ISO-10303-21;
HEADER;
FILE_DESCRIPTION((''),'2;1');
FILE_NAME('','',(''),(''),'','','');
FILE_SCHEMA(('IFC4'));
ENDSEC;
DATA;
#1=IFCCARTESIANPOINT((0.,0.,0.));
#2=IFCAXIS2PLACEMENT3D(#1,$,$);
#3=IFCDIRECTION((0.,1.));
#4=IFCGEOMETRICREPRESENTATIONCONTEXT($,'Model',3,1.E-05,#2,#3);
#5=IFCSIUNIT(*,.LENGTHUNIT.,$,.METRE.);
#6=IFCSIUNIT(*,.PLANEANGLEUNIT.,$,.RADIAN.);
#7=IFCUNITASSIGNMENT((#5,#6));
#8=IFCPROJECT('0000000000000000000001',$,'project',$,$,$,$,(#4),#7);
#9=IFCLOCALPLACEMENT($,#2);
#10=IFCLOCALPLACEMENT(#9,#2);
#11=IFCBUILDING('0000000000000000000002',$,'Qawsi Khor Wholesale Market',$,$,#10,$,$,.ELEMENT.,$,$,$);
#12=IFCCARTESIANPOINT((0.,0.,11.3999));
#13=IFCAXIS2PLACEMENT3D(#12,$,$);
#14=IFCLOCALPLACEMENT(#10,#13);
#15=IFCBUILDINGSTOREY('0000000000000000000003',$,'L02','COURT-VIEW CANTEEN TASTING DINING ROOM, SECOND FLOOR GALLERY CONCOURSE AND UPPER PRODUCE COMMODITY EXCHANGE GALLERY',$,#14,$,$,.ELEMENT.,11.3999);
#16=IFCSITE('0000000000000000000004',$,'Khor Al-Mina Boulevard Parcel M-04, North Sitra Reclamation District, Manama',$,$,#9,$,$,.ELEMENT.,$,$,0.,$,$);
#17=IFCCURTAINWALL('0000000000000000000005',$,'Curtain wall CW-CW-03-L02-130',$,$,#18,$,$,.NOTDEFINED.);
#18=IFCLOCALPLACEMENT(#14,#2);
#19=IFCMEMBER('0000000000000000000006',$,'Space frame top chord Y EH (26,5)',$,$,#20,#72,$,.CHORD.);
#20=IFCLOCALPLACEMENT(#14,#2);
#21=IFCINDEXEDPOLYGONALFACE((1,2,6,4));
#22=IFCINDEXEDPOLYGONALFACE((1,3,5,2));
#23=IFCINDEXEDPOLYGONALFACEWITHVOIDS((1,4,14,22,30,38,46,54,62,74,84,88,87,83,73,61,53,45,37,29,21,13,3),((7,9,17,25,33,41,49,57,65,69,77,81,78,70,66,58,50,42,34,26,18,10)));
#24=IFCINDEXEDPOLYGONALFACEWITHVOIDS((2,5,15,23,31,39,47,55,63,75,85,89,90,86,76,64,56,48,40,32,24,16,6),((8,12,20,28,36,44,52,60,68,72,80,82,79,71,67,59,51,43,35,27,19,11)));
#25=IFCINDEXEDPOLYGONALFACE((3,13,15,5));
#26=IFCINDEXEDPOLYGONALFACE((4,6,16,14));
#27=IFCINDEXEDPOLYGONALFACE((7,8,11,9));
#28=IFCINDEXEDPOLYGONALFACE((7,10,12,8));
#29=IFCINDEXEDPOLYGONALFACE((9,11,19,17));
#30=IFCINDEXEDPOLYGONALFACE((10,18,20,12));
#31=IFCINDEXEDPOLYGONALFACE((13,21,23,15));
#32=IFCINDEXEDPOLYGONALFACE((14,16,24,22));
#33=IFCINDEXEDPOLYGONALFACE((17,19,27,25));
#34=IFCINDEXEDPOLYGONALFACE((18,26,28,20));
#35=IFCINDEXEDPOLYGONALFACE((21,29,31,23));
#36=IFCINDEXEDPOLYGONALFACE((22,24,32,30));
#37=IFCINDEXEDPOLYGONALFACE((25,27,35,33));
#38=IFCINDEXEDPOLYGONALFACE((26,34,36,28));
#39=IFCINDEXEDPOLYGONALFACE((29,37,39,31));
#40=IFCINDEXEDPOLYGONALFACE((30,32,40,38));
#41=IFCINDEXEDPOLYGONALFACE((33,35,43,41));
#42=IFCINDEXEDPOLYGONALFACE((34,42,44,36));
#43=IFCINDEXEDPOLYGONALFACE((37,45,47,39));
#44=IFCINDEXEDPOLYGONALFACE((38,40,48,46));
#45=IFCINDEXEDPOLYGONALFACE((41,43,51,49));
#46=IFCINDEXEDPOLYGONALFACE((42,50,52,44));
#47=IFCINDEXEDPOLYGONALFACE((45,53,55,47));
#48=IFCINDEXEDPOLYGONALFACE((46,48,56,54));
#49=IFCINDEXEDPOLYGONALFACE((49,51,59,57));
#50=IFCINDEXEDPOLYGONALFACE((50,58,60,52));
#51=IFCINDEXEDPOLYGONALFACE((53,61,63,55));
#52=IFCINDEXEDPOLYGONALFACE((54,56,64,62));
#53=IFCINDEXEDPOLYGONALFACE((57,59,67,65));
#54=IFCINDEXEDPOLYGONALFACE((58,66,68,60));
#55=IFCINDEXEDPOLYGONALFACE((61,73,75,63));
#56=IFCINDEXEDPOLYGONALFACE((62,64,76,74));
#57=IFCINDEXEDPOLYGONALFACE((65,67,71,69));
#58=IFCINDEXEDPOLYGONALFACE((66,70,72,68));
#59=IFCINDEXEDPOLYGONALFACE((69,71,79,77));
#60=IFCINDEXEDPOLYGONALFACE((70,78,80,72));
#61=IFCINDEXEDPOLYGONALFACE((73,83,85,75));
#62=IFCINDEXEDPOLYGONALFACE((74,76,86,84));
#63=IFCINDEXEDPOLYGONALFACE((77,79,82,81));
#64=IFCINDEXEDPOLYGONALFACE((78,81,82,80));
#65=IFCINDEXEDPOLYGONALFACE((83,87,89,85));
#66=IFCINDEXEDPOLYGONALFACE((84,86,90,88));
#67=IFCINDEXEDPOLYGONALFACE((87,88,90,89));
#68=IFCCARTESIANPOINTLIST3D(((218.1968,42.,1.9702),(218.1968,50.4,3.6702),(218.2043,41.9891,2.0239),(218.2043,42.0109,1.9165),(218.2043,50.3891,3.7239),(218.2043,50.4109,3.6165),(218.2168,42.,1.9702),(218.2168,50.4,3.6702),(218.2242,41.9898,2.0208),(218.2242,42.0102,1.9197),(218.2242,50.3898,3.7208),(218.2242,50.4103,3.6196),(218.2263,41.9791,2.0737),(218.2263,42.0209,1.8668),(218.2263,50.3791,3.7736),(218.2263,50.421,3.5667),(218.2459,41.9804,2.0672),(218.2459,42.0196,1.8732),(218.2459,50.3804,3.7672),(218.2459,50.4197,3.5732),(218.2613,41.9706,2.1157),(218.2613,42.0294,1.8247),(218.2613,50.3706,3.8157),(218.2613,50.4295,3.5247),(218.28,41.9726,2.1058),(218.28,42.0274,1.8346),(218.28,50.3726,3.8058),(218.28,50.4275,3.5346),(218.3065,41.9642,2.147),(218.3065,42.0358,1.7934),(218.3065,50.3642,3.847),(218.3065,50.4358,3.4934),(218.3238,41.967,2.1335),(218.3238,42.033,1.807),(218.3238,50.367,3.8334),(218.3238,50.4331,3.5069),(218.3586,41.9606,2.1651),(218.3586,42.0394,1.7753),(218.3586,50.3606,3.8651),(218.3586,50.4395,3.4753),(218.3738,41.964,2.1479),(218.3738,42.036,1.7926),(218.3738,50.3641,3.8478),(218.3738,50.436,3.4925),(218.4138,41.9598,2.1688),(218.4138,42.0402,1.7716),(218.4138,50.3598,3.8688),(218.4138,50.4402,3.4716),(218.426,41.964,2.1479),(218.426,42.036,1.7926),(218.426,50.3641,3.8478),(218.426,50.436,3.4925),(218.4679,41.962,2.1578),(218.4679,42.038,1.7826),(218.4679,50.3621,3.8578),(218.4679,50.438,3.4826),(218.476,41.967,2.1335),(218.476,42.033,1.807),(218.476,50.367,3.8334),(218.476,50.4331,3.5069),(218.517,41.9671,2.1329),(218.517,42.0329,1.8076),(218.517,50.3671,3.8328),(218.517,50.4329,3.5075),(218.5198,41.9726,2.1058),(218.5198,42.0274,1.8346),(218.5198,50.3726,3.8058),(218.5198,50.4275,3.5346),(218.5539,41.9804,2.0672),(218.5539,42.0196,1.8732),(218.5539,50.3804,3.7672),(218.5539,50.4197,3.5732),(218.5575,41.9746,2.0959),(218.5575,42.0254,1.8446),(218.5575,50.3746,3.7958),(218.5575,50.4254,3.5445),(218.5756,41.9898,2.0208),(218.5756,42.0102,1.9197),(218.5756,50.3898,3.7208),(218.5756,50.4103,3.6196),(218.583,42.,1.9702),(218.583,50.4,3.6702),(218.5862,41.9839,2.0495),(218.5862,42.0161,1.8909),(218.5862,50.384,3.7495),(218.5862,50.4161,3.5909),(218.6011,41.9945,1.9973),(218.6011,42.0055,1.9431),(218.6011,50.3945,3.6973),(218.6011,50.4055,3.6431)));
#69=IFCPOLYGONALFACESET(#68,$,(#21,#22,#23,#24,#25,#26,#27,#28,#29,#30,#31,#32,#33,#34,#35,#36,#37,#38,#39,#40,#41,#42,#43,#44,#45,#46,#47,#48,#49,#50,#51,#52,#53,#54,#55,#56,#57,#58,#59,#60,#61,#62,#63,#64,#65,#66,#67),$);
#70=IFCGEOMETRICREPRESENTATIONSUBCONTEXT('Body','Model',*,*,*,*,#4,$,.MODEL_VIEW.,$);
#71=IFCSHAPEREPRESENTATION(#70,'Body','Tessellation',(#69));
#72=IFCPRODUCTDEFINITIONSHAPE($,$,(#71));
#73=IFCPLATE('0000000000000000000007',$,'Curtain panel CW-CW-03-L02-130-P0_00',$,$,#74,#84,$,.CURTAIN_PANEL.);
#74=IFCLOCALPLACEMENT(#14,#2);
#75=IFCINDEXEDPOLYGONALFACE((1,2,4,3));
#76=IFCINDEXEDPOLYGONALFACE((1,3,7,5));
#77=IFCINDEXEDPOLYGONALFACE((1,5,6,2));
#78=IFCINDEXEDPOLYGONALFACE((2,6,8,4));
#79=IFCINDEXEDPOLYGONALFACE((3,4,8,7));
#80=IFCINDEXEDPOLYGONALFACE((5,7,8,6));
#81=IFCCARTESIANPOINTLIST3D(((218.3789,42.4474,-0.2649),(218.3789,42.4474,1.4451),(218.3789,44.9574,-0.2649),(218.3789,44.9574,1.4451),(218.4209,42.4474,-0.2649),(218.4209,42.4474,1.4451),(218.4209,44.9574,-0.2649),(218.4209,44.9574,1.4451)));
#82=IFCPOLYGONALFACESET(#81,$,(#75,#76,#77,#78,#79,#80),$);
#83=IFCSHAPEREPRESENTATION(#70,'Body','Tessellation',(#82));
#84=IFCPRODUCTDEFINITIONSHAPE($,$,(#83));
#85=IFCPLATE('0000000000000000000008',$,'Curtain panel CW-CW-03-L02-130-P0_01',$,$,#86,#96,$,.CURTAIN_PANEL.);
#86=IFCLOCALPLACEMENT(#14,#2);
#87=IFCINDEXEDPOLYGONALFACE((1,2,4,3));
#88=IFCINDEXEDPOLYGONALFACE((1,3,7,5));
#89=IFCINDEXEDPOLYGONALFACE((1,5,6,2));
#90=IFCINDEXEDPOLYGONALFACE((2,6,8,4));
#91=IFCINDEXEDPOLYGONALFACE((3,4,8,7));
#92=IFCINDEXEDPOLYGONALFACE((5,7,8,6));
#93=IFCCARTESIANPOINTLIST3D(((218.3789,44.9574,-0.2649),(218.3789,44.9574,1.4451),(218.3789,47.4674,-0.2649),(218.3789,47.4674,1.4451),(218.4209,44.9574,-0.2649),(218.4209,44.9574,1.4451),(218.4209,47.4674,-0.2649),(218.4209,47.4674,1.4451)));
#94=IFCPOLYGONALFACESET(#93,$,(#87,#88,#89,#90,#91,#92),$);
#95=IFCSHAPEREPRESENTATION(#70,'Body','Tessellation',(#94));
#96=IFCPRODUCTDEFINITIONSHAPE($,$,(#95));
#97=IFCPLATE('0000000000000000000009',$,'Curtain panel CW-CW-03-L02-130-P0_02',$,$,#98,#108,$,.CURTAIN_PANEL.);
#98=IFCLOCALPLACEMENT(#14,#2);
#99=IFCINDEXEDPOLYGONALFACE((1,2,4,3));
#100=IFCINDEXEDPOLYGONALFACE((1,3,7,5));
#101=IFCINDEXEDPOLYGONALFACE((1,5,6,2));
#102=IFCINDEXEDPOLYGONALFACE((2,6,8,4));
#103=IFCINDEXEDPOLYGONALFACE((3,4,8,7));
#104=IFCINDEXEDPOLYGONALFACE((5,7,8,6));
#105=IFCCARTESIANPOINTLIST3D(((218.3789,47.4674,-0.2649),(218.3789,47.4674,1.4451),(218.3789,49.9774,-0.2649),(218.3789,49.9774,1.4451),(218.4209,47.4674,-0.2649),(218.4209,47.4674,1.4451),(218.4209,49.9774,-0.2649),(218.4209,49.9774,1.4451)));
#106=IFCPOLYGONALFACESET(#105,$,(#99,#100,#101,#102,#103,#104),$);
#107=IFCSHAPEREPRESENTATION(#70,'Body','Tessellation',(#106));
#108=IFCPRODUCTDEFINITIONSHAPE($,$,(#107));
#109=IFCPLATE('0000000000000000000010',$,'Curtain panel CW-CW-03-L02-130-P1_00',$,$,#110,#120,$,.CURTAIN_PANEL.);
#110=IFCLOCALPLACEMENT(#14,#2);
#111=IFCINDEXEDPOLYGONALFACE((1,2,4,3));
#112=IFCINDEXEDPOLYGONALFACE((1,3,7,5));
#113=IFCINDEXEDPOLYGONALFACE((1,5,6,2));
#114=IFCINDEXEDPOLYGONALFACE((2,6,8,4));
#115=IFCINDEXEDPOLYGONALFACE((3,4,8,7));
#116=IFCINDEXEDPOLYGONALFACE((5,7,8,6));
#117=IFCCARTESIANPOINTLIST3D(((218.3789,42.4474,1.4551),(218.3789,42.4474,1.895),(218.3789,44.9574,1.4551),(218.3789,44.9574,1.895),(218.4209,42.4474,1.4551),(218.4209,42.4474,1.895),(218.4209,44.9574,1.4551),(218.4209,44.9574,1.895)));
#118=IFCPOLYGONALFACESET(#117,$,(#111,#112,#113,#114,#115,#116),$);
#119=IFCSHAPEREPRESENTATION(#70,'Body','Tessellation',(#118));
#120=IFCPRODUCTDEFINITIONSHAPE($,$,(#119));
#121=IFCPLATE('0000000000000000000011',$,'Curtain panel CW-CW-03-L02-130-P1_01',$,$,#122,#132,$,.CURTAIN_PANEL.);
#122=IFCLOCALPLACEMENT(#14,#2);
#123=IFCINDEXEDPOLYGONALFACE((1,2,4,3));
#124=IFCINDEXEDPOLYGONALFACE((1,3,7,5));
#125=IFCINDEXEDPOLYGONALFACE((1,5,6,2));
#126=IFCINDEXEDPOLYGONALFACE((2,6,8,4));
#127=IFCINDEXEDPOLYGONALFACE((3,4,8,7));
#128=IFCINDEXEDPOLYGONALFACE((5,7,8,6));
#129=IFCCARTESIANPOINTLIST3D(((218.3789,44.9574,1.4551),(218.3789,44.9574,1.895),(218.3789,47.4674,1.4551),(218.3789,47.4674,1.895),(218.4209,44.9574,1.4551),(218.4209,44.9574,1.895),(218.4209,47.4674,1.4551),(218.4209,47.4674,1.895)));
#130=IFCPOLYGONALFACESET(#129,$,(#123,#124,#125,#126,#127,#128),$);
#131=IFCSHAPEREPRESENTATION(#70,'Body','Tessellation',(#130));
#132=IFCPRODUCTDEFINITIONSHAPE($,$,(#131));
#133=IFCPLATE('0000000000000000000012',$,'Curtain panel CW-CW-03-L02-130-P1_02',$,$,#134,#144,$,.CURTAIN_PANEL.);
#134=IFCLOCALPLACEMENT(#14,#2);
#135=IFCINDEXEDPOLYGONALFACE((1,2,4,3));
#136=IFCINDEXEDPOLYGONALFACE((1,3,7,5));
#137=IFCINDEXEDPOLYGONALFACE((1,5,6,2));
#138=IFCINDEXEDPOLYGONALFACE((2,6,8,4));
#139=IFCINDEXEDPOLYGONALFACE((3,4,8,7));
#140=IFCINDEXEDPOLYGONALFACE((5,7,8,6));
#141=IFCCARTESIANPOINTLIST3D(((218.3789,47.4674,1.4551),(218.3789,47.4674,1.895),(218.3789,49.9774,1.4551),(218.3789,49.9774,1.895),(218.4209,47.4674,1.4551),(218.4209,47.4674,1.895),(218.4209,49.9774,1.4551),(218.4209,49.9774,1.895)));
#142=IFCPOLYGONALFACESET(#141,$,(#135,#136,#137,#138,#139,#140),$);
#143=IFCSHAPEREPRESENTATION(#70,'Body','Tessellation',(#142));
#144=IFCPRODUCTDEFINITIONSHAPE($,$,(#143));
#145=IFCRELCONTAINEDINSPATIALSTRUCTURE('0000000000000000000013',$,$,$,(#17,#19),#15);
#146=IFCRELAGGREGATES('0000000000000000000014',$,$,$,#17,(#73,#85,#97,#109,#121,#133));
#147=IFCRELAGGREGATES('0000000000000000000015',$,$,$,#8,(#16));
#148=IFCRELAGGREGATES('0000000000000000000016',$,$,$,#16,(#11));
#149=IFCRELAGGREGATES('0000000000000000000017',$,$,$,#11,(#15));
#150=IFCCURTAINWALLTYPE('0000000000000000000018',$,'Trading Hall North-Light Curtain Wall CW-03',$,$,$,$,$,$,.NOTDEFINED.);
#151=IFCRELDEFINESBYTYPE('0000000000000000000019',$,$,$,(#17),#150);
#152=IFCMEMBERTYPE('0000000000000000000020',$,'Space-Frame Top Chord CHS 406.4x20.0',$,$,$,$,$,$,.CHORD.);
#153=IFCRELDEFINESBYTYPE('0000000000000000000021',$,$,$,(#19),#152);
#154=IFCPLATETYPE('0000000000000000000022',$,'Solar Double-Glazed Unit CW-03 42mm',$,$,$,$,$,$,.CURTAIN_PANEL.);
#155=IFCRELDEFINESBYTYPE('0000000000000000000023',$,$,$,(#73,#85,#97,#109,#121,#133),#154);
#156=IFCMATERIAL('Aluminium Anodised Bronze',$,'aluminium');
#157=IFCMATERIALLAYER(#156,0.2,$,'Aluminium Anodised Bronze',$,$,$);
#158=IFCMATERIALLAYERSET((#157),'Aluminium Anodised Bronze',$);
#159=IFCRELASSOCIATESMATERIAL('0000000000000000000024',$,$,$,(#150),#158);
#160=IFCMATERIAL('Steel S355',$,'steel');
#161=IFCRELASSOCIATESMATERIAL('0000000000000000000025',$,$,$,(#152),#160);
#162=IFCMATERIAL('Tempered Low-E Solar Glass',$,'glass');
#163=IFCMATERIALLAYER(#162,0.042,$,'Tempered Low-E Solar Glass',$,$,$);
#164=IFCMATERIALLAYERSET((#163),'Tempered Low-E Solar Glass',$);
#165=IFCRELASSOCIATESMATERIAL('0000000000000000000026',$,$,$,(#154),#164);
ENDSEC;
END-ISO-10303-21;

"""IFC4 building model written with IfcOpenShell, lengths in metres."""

from ifc_helpers import new_model, si_unit, direction, frame, frame_2d, origin, origin_2d, place, context, subcontext, project, spatial, rectangle, hollow_circle, extrude, material, layer, layer_set, material_profile, profile_set, type_object, element, aggregate, save


model = new_model("IFC4")

# Units and contexts
model_context = context("Model", 3, precision=1e-05, world=origin(), true_north=direction((0.0, 1.0)))
body_context = subcontext(model_context, "Body", "Model", "MODEL_VIEW")
ifc_project = project(units=[si_unit("LENGTHUNIT", "METRE"), si_unit("PLANEANGLEUNIT", "RADIAN")], contexts=[model_context])

# Site, building, storey
site_placement = place(None, origin())
site = spatial("IfcSite", under=ifc_project, at=site_placement, Name="Khor Al-Mina Boulevard Parcel M-04, North Sitra Reclamation District, Manama", CompositionType="ELEMENT", RefElevation=0.0)
building_placement = place(site_placement, origin())
building = spatial("IfcBuilding", under=site, at=building_placement, Name="Qawsi Khor Wholesale Market", CompositionType="ELEMENT")
storey_placement = place(building_placement, frame((0.0, 0.0, 11.3999)))
storey = spatial("IfcBuildingStorey", under=building, at=storey_placement, Name="L02", Description="COURT-VIEW CANTEEN TASTING DINING ROOM, SECOND FLOOR GALLERY CONCOURSE AND UPPER PRODUCE COMMODITY EXCHANGE GALLERY", CompositionType="ELEMENT", Elevation=11.3999)

# Curtain wall
ifc_material_1 = material(Name="Aluminium Anodised Bronze", Category="aluminium")
ifc_layer_1 = layer(ifc_material_1, 0.2, Name="Aluminium Anodised Bronze")
ifc_layer_set_1 = layer_set([ifc_layer_1], Name="Aluminium Anodised Bronze")
curtain_wall_type = type_object("IfcCurtainWallType", Name="Trading Hall North-Light Curtain Wall CW-03", PredefinedType="NOTDEFINED", material=ifc_layer_set_1)
curtain_wall_placement = place(storey_placement, origin())
curtain_wall = element("IfcCurtainWall", 1, at=curtain_wall_placement, inside=storey, type_object=curtain_wall_type, Name="Curtain wall CW-CW-03-L02-130", PredefinedType="NOTDEFINED")

# Member
ifc_material_2 = material(Name="Steel S355", Category="steel")
ifc_material_profile_1 = material_profile(ifc_material_2, hollow_circle(Radius=0.2031, WallThickness=0.02, at=origin_2d()), Name="CHS 406.4x20.0")
ifc_profile_set_1 = profile_set([ifc_material_profile_1], Name="Steel S355")
member_type_1 = type_object("IfcMemberType", Name="Space-Frame Top Chord CHS 406.4x20.0", PredefinedType="CHORD", material=ifc_profile_set_1)
member_1_placement = place(storey_placement, frame((218.3999, 42.0, 1.9702), z_axis=(0.0, 0.98013, 0.198356), x_axis=(-1.0, 0.0, 0.0)))
element("IfcMember", 2, at=member_1_placement, inside=storey, type_object=member_type_1, Name="Space frame top chord Y EH (26,5)", PredefinedType="CHORD", context=body_context, shape_type="SweptSolid", body=[
    extrude(hollow_circle(Radius=0.2031, WallThickness=0.02, at=origin_2d()), origin(), (0.0, 0.0, 1.0), 8.5703),
])

# Plates
ifc_material_3 = material(Name="Tempered Low-E Solar Glass", Category="glass")
ifc_layer_2 = layer(ifc_material_3, 0.042, Name="Tempered Low-E Solar Glass")
ifc_layer_set_2 = layer_set([ifc_layer_2], Name="Tempered Low-E Solar Glass")
plate_type = type_object("IfcPlateType", Name="Solar Double-Glazed Unit CW-03 42mm", PredefinedType="CURTAIN_PANEL", material=ifc_layer_set_2)
plate_1_placement = place(storey_placement, frame((218.3999, 42.4475, -0.2649), z_axis=(0.0, 0.0, 1.0), x_axis=(0.0, 1.0, 0.0)))
plate_1 = element("IfcPlate", 3, at=plate_1_placement, type_object=plate_type, Name="Curtain panel CW-CW-03-L02-130-P0_00", PredefinedType="CURTAIN_PANEL", context=body_context, shape_type="SweptSolid", body=[
    extrude(rectangle(XDim=2.51, YDim=0.042, at=frame_2d((1.2549, 0.0))), origin(), (0.0, 0.0, 1.0), 1.71),
])
plate_2_placement = place(storey_placement, frame((218.3999, 44.9575, -0.2649), z_axis=(0.0, 0.0, 1.0), x_axis=(0.0, 1.0, 0.0)))
plate_2 = element("IfcPlate", 4, at=plate_2_placement, type_object=plate_type, Name="Curtain panel CW-CW-03-L02-130-P0_01", PredefinedType="CURTAIN_PANEL", context=body_context, shape_type="SweptSolid", body=[
    extrude(rectangle(XDim=2.51, YDim=0.042, at=frame_2d((1.2549, 0.0))), origin(), (0.0, 0.0, 1.0), 1.71),
])
plate_3_placement = place(storey_placement, frame((218.3999, 47.4675, -0.2649), z_axis=(0.0, 0.0, 1.0), x_axis=(0.0, 1.0, 0.0)))
plate_3 = element("IfcPlate", 5, at=plate_3_placement, type_object=plate_type, Name="Curtain panel CW-CW-03-L02-130-P0_02", PredefinedType="CURTAIN_PANEL", context=body_context, shape_type="SweptSolid", body=[
    extrude(rectangle(XDim=2.51, YDim=0.042, at=frame_2d((1.2549, 0.0))), origin(), (0.0, 0.0, 1.0), 1.71),
])
plate_4_placement = place(storey_placement, frame((218.3999, 42.4475, 1.4551), z_axis=(0.0, 0.0, 1.0), x_axis=(0.0, 1.0, 0.0)))
plate_4 = element("IfcPlate", 6, at=plate_4_placement, type_object=plate_type, Name="Curtain panel CW-CW-03-L02-130-P1_00", PredefinedType="CURTAIN_PANEL", context=body_context, shape_type="SweptSolid", body=[
    extrude(rectangle(XDim=2.51, YDim=0.042, at=frame_2d((1.2549, 0.0))), origin(), (0.0, 0.0, 1.0), 0.4399),
])
plate_5_placement = place(storey_placement, frame((218.3999, 44.9575, 1.4551), z_axis=(0.0, 0.0, 1.0), x_axis=(0.0, 1.0, 0.0)))
plate_5 = element("IfcPlate", 7, at=plate_5_placement, type_object=plate_type, Name="Curtain panel CW-CW-03-L02-130-P1_01", PredefinedType="CURTAIN_PANEL", context=body_context, shape_type="SweptSolid", body=[
    extrude(rectangle(XDim=2.51, YDim=0.042, at=frame_2d((1.2549, 0.0))), origin(), (0.0, 0.0, 1.0), 0.4399),
])
plate_6_placement = place(storey_placement, frame((218.3999, 47.4675, 1.4551), z_axis=(0.0, 0.0, 1.0), x_axis=(0.0, 1.0, 0.0)))
plate_6 = element("IfcPlate", 8, at=plate_6_placement, type_object=plate_type, Name="Curtain panel CW-CW-03-L02-130-P1_02", PredefinedType="CURTAIN_PANEL", context=body_context, shape_type="SweptSolid", body=[
    extrude(rectangle(XDim=2.51, YDim=0.042, at=frame_2d((1.2549, 0.0))), origin(), (0.0, 0.0, 1.0), 0.4399),
])
aggregate(curtain_wall, [plate_1, plate_2, plate_3, plate_4, plate_5, plate_6])

save(model, "model.ifc")
